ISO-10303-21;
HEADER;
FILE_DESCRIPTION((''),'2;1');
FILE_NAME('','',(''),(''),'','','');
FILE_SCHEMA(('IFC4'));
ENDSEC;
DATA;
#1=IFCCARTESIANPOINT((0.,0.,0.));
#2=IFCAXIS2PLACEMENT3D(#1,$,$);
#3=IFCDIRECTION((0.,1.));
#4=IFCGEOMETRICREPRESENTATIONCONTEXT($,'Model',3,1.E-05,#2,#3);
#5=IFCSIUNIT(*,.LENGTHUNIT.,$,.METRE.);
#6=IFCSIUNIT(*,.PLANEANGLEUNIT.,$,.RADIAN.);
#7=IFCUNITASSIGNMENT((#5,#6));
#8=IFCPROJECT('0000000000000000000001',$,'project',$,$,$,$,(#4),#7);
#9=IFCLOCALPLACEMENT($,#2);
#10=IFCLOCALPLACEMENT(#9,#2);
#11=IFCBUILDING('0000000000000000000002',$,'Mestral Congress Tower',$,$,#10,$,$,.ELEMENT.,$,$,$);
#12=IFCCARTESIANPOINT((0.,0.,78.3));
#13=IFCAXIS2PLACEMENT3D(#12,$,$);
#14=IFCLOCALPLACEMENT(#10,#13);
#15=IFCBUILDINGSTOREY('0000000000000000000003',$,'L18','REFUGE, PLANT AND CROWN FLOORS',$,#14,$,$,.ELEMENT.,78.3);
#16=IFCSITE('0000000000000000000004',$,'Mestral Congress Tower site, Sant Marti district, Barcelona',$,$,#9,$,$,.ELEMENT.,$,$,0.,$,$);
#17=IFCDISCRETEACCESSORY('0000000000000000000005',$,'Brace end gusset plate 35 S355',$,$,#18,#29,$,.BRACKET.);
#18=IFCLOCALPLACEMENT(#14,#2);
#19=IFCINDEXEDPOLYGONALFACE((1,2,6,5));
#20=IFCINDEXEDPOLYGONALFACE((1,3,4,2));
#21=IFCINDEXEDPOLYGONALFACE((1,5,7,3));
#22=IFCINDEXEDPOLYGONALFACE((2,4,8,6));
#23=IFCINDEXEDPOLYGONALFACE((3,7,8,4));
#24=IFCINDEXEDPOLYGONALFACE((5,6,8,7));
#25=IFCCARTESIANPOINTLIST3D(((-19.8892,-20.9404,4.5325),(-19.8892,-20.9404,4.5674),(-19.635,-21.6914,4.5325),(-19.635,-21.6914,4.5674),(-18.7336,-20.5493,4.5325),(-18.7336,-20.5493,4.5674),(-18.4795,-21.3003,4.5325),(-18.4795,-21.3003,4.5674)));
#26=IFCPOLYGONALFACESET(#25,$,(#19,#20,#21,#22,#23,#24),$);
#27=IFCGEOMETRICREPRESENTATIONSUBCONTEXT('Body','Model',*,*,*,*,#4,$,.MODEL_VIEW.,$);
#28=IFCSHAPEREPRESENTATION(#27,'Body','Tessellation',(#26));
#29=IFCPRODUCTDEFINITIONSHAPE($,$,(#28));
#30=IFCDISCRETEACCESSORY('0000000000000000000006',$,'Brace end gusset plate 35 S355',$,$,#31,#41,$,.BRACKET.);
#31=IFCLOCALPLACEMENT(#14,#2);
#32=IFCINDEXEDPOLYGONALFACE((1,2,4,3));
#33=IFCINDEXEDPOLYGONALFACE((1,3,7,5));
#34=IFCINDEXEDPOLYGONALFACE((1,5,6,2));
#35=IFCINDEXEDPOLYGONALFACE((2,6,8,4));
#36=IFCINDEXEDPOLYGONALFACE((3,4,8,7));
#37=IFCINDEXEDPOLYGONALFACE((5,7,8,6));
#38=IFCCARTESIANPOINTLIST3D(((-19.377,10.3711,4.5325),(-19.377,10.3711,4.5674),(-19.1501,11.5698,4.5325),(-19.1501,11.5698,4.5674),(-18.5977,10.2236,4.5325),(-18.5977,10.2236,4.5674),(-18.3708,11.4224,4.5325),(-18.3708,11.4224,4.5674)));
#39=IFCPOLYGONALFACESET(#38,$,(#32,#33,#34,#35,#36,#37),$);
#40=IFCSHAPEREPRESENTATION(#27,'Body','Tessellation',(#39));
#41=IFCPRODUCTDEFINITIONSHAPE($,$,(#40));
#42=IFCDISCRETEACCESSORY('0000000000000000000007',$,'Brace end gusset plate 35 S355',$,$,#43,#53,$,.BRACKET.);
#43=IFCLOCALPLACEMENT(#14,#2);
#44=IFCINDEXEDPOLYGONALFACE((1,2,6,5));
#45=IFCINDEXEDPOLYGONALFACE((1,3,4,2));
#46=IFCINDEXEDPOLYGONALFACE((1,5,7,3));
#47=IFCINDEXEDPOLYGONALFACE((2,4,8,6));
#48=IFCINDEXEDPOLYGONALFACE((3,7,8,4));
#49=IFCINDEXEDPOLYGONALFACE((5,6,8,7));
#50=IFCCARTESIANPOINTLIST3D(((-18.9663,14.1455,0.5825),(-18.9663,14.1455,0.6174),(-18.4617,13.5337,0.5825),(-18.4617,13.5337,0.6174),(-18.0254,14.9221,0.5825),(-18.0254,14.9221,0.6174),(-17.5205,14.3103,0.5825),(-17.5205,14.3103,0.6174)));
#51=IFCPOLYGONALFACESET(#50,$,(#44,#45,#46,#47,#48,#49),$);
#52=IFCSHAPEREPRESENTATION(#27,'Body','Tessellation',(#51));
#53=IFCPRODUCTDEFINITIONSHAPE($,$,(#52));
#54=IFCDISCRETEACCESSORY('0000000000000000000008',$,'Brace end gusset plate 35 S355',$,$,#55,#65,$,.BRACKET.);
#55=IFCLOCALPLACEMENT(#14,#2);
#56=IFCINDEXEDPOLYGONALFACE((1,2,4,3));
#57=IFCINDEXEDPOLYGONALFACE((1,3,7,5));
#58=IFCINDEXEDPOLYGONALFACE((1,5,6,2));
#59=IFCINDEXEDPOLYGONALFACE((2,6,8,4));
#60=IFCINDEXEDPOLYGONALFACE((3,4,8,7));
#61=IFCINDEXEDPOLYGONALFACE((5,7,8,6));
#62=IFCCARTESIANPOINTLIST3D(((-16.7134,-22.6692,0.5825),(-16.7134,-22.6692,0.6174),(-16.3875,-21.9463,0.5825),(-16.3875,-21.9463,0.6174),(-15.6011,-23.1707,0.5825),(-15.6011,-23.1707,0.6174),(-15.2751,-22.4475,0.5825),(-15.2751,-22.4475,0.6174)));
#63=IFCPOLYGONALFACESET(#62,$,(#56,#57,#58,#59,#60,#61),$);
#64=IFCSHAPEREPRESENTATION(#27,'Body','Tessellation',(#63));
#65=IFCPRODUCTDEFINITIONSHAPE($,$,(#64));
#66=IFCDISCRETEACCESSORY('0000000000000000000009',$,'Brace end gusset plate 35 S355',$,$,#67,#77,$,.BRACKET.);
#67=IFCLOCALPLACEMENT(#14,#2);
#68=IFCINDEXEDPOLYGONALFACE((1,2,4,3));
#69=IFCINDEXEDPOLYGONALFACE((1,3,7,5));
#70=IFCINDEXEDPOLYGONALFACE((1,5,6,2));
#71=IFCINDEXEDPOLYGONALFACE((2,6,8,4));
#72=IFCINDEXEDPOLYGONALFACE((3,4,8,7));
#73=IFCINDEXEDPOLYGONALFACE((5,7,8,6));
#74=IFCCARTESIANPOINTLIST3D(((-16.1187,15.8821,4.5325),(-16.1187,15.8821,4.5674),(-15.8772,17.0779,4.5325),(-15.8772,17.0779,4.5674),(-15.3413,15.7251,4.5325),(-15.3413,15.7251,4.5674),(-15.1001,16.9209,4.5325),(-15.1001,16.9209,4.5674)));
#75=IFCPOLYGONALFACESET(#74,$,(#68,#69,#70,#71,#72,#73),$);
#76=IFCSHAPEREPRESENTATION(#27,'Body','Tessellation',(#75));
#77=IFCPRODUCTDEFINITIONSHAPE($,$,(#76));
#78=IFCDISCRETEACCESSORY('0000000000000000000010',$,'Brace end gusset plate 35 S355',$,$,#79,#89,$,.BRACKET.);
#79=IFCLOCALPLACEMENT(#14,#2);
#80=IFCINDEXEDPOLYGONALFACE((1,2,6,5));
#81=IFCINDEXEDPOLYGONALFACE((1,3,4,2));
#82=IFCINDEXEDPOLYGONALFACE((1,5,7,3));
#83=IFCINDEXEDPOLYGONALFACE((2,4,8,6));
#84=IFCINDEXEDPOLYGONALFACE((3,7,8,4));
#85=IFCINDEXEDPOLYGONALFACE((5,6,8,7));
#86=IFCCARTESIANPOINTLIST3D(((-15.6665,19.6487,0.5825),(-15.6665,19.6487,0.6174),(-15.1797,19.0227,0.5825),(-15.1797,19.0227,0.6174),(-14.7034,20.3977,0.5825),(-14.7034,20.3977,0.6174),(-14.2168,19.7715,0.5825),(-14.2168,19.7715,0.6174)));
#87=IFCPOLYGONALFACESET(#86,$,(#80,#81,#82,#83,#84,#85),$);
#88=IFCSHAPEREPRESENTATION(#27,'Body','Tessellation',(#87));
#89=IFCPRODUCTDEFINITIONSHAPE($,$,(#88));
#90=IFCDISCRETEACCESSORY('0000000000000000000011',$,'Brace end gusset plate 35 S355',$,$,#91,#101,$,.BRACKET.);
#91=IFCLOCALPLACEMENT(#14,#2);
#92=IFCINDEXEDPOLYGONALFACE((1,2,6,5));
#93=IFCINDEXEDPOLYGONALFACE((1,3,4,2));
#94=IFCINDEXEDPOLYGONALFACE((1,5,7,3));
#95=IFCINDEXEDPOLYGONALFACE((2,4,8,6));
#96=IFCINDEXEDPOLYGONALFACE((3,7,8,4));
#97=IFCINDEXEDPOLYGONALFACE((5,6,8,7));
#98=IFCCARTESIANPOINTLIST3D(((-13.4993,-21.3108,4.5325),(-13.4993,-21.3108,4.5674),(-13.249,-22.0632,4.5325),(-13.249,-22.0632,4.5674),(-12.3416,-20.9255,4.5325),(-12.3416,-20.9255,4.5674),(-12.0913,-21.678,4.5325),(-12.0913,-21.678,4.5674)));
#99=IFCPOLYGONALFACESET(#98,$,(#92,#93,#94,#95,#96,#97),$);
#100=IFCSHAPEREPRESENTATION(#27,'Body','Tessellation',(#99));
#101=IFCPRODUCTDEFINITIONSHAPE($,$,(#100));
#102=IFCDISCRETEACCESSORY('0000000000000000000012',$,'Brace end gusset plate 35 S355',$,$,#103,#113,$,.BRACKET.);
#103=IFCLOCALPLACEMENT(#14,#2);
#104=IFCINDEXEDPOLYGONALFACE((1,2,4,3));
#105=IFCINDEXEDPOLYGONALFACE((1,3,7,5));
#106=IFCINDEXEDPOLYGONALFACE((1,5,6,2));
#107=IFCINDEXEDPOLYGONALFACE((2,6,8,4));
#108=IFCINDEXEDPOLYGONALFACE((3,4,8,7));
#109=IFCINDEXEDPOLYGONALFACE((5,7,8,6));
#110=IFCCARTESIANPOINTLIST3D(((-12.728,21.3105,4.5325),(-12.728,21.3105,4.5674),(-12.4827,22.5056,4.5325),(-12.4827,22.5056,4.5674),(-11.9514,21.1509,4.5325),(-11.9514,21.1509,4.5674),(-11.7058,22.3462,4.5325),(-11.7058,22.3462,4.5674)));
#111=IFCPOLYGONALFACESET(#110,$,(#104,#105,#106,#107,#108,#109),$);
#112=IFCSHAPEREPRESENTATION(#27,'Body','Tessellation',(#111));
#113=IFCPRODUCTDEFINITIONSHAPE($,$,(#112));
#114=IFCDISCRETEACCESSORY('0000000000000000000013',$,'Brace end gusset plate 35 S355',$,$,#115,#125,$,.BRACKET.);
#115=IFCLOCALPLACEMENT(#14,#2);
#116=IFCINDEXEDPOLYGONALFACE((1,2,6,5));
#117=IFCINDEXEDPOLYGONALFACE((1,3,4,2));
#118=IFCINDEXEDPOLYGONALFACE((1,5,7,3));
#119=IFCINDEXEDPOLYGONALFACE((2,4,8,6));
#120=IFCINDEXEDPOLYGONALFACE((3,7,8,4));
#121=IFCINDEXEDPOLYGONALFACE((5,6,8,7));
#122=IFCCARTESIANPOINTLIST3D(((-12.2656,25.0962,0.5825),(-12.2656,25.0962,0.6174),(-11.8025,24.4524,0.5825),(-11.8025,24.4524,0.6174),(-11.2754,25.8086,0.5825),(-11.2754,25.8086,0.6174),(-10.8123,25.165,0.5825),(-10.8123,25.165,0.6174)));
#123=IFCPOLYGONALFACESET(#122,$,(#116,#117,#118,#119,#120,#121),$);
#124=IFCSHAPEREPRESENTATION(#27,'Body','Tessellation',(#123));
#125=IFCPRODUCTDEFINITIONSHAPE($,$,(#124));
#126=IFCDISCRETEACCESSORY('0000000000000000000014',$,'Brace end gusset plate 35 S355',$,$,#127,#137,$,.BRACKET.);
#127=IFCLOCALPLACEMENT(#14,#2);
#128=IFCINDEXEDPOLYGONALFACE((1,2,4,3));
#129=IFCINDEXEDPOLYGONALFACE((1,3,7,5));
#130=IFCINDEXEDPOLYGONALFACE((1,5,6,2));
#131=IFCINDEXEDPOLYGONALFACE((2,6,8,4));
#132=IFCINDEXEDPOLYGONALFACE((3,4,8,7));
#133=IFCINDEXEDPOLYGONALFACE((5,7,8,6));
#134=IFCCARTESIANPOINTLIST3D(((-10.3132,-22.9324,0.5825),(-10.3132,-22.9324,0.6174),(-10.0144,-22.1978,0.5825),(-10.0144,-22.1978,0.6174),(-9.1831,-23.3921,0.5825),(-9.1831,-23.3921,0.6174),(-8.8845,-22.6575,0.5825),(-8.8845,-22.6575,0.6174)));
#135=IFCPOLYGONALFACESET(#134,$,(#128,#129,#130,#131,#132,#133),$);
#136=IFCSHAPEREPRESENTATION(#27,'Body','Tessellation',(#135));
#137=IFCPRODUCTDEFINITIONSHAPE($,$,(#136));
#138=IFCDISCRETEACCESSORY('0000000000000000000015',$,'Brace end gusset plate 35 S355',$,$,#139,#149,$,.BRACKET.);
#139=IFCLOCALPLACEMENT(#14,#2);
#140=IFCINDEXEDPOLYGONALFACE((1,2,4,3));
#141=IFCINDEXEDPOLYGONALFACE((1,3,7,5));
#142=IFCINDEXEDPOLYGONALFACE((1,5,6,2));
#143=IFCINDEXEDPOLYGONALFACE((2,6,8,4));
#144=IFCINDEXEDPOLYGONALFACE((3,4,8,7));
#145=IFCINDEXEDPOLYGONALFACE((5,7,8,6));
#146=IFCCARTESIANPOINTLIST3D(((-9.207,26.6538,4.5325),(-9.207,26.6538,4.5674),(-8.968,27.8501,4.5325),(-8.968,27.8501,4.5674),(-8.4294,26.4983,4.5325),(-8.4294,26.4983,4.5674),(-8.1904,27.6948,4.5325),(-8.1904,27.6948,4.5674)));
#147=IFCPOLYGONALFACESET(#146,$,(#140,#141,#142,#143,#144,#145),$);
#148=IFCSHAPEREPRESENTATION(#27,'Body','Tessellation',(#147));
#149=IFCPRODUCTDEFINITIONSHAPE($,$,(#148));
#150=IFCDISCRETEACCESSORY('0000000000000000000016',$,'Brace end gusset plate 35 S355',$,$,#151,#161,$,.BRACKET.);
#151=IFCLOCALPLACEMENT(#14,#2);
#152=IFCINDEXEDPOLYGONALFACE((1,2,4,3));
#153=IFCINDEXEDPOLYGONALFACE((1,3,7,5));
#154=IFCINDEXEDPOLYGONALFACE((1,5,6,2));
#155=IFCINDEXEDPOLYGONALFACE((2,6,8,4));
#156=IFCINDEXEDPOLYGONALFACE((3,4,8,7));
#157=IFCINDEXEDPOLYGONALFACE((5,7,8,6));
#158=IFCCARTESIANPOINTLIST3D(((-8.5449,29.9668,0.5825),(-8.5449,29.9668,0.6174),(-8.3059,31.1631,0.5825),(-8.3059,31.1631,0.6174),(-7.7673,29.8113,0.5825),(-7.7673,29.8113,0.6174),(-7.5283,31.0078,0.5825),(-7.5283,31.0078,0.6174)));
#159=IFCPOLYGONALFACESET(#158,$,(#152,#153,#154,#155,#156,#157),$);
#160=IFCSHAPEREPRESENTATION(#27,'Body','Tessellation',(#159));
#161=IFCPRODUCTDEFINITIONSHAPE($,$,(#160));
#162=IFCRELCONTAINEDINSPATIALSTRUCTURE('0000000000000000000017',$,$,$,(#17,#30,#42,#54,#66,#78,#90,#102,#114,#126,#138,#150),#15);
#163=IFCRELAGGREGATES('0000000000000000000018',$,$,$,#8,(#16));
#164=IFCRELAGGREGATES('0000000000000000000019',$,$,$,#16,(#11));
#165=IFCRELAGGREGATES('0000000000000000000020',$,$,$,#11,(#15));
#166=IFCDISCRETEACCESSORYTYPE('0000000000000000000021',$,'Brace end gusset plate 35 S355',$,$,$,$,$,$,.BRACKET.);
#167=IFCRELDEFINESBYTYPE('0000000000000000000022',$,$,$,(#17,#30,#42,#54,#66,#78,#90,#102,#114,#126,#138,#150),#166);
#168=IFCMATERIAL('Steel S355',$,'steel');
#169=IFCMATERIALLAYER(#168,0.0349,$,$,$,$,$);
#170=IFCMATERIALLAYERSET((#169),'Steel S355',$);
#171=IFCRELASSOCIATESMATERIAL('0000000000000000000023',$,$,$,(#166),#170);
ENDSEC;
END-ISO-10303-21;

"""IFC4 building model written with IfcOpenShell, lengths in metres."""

from ifc_helpers import new_model, si_unit, direction, frame, origin, place, context, subcontext, project, spatial, polyline, outline, extrude, material, layer, layer_set, type_object, element, save


model = new_model("IFC4")

# Units and contexts
model_context = context("Model", 3, precision=1e-05, world=origin(), true_north=direction((0.0, 1.0)))
body_context = subcontext(model_context, "Body", "Model", "MODEL_VIEW")
ifc_project = project(units=[si_unit("LENGTHUNIT", "METRE"), si_unit("PLANEANGLEUNIT", "RADIAN")], contexts=[model_context])

# Site, building, storey
site_placement = place(None, origin())
site = spatial("IfcSite", under=ifc_project, at=site_placement, Name="Mestral Congress Tower site, Sant Marti district, Barcelona", CompositionType="ELEMENT", RefElevation=0.0)
building_placement = place(site_placement, origin())
building = spatial("IfcBuilding", under=site, at=building_placement, Name="Mestral Congress Tower", CompositionType="ELEMENT")
storey_placement = place(building_placement, frame((0.0, 0.0, 78.3)))
storey = spatial("IfcBuildingStorey", under=building, at=storey_placement, Name="L18", Description="REFUGE, PLANT AND CROWN FLOORS", CompositionType="ELEMENT", Elevation=78.3)

# Discrete accessories
ifc_material_1 = material(Name="Steel S355", Category="steel")
ifc_layer_1 = layer(ifc_material_1, 0.0349)
ifc_layer_set_1 = layer_set([ifc_layer_1], Name="Steel S355")
discrete_accessory_type = type_object("IfcDiscreteAccessoryType", Name="Brace end gusset plate 35 S355", PredefinedType="BRACKET", material=ifc_layer_set_1)
placement_1 = place(storey_placement, frame((0.0, 0.0, 0.5825)))
placement_2 = place(storey_placement, frame((0.0, 0.0, 4.5325)))
element("IfcDiscreteAccessory", 1, at=placement_2, inside=storey, type_object=discrete_accessory_type, Name="Brace end gusset plate 35 S355", PredefinedType="BRACKET", context=body_context, shape_type="SweptSolid", body=[
    extrude(outline(polyline([(-18.7336, -20.5493), (-19.8892, -20.9404), (-19.635, -21.6914), (-18.4795, -21.3003), (-18.7336, -20.5493)])), origin(), (0.0, 0.0, 1.0), 0.0349),
])
element("IfcDiscreteAccessory", 2, at=placement_2, inside=storey, type_object=discrete_accessory_type, Name="Brace end gusset plate 35 S355", PredefinedType="BRACKET", context=body_context, shape_type="SweptSolid", body=[
    extrude(outline(polyline([(-18.5977, 10.2236), (-18.3708, 11.4224), (-19.1501, 11.5698), (-19.377, 10.3711), (-18.5977, 10.2236)])), origin(), (0.0, 0.0, 1.0), 0.0349),
])
element("IfcDiscreteAccessory", 3, at=placement_1, inside=storey, type_object=discrete_accessory_type, Name="Brace end gusset plate 35 S355", PredefinedType="BRACKET", context=body_context, shape_type="SweptSolid", body=[
    extrude(outline(polyline([(-18.4617, 13.5337), (-17.5205, 14.3103), (-18.0254, 14.9221), (-18.9663, 14.1455), (-18.4617, 13.5337)])), origin(), (0.0, 0.0, 1.0), 0.0349),
])
element("IfcDiscreteAccessory", 4, at=placement_1, inside=storey, type_object=discrete_accessory_type, Name="Brace end gusset plate 35 S355", PredefinedType="BRACKET", context=body_context, shape_type="SweptSolid", body=[
    extrude(outline(polyline([(-15.2751, -22.4475), (-16.3875, -21.9463), (-16.7134, -22.6692), (-15.6011, -23.1707), (-15.2751, -22.4475)])), origin(), (0.0, 0.0, 1.0), 0.0349),
])
element("IfcDiscreteAccessory", 5, at=placement_2, inside=storey, type_object=discrete_accessory_type, Name="Brace end gusset plate 35 S355", PredefinedType="BRACKET", context=body_context, shape_type="SweptSolid", body=[
    extrude(outline(polyline([(-15.3413, 15.7251), (-15.1001, 16.9209), (-15.8772, 17.0779), (-16.1187, 15.8821), (-15.3413, 15.7251)])), origin(), (0.0, 0.0, 1.0), 0.0349),
])
element("IfcDiscreteAccessory", 6, at=placement_1, inside=storey, type_object=discrete_accessory_type, Name="Brace end gusset plate 35 S355", PredefinedType="BRACKET", context=body_context, shape_type="SweptSolid", body=[
    extrude(outline(polyline([(-15.1797, 19.0227), (-14.2168, 19.7715), (-14.7034, 20.3977), (-15.6665, 19.6487), (-15.1797, 19.0227)])), origin(), (0.0, 0.0, 1.0), 0.0349),
])
element("IfcDiscreteAccessory", 7, at=placement_2, inside=storey, type_object=discrete_accessory_type, Name="Brace end gusset plate 35 S355", PredefinedType="BRACKET", context=body_context, shape_type="SweptSolid", body=[
    extrude(outline(polyline([(-12.3416, -20.9255), (-13.4993, -21.3108), (-13.249, -22.0632), (-12.0913, -21.678), (-12.3416, -20.9255)])), origin(), (0.0, 0.0, 1.0), 0.0349),
])
element("IfcDiscreteAccessory", 8, at=placement_2, inside=storey, type_object=discrete_accessory_type, Name="Brace end gusset plate 35 S355", PredefinedType="BRACKET", context=body_context, shape_type="SweptSolid", body=[
    extrude(outline(polyline([(-11.9514, 21.1509), (-11.7058, 22.3462), (-12.4827, 22.5056), (-12.728, 21.3105), (-11.9514, 21.1509)])), origin(), (0.0, 0.0, 1.0), 0.0349),
])
element("IfcDiscreteAccessory", 9, at=placement_1, inside=storey, type_object=discrete_accessory_type, Name="Brace end gusset plate 35 S355", PredefinedType="BRACKET", context=body_context, shape_type="SweptSolid", body=[
    extrude(outline(polyline([(-11.8025, 24.4524), (-10.8123, 25.165), (-11.2754, 25.8086), (-12.2656, 25.0962), (-11.8025, 24.4524)])), origin(), (0.0, 0.0, 1.0), 0.0349),
])
element("IfcDiscreteAccessory", 10, at=placement_1, inside=storey, type_object=discrete_accessory_type, Name="Brace end gusset plate 35 S355", PredefinedType="BRACKET", context=body_context, shape_type="SweptSolid", body=[
    extrude(outline(polyline([(-8.8845, -22.6575), (-10.0144, -22.1978), (-10.3132, -22.9324), (-9.1831, -23.3921), (-8.8845, -22.6575)])), origin(), (0.0, 0.0, 1.0), 0.0349),
])
element("IfcDiscreteAccessory", 11, at=placement_2, inside=storey, type_object=discrete_accessory_type, Name="Brace end gusset plate 35 S355", PredefinedType="BRACKET", context=body_context, shape_type="SweptSolid", body=[
    extrude(outline(polyline([(-8.4294, 26.4983), (-8.1904, 27.6948), (-8.968, 27.8501), (-9.207, 26.6538), (-8.4294, 26.4983)])), origin(), (0.0, 0.0, 1.0), 0.0349),
])
element("IfcDiscreteAccessory", 12, at=placement_1, inside=storey, type_object=discrete_accessory_type, Name="Brace end gusset plate 35 S355", PredefinedType="BRACKET", context=body_context, shape_type="SweptSolid", body=[
    extrude(outline(polyline([(-8.3059, 31.1631), (-8.5449, 29.9668), (-7.7673, 29.8113), (-7.5283, 31.0078), (-8.3059, 31.1631)])), origin(), (0.0, 0.0, 1.0), 0.0349),
])

save(model, "model.ifc")
